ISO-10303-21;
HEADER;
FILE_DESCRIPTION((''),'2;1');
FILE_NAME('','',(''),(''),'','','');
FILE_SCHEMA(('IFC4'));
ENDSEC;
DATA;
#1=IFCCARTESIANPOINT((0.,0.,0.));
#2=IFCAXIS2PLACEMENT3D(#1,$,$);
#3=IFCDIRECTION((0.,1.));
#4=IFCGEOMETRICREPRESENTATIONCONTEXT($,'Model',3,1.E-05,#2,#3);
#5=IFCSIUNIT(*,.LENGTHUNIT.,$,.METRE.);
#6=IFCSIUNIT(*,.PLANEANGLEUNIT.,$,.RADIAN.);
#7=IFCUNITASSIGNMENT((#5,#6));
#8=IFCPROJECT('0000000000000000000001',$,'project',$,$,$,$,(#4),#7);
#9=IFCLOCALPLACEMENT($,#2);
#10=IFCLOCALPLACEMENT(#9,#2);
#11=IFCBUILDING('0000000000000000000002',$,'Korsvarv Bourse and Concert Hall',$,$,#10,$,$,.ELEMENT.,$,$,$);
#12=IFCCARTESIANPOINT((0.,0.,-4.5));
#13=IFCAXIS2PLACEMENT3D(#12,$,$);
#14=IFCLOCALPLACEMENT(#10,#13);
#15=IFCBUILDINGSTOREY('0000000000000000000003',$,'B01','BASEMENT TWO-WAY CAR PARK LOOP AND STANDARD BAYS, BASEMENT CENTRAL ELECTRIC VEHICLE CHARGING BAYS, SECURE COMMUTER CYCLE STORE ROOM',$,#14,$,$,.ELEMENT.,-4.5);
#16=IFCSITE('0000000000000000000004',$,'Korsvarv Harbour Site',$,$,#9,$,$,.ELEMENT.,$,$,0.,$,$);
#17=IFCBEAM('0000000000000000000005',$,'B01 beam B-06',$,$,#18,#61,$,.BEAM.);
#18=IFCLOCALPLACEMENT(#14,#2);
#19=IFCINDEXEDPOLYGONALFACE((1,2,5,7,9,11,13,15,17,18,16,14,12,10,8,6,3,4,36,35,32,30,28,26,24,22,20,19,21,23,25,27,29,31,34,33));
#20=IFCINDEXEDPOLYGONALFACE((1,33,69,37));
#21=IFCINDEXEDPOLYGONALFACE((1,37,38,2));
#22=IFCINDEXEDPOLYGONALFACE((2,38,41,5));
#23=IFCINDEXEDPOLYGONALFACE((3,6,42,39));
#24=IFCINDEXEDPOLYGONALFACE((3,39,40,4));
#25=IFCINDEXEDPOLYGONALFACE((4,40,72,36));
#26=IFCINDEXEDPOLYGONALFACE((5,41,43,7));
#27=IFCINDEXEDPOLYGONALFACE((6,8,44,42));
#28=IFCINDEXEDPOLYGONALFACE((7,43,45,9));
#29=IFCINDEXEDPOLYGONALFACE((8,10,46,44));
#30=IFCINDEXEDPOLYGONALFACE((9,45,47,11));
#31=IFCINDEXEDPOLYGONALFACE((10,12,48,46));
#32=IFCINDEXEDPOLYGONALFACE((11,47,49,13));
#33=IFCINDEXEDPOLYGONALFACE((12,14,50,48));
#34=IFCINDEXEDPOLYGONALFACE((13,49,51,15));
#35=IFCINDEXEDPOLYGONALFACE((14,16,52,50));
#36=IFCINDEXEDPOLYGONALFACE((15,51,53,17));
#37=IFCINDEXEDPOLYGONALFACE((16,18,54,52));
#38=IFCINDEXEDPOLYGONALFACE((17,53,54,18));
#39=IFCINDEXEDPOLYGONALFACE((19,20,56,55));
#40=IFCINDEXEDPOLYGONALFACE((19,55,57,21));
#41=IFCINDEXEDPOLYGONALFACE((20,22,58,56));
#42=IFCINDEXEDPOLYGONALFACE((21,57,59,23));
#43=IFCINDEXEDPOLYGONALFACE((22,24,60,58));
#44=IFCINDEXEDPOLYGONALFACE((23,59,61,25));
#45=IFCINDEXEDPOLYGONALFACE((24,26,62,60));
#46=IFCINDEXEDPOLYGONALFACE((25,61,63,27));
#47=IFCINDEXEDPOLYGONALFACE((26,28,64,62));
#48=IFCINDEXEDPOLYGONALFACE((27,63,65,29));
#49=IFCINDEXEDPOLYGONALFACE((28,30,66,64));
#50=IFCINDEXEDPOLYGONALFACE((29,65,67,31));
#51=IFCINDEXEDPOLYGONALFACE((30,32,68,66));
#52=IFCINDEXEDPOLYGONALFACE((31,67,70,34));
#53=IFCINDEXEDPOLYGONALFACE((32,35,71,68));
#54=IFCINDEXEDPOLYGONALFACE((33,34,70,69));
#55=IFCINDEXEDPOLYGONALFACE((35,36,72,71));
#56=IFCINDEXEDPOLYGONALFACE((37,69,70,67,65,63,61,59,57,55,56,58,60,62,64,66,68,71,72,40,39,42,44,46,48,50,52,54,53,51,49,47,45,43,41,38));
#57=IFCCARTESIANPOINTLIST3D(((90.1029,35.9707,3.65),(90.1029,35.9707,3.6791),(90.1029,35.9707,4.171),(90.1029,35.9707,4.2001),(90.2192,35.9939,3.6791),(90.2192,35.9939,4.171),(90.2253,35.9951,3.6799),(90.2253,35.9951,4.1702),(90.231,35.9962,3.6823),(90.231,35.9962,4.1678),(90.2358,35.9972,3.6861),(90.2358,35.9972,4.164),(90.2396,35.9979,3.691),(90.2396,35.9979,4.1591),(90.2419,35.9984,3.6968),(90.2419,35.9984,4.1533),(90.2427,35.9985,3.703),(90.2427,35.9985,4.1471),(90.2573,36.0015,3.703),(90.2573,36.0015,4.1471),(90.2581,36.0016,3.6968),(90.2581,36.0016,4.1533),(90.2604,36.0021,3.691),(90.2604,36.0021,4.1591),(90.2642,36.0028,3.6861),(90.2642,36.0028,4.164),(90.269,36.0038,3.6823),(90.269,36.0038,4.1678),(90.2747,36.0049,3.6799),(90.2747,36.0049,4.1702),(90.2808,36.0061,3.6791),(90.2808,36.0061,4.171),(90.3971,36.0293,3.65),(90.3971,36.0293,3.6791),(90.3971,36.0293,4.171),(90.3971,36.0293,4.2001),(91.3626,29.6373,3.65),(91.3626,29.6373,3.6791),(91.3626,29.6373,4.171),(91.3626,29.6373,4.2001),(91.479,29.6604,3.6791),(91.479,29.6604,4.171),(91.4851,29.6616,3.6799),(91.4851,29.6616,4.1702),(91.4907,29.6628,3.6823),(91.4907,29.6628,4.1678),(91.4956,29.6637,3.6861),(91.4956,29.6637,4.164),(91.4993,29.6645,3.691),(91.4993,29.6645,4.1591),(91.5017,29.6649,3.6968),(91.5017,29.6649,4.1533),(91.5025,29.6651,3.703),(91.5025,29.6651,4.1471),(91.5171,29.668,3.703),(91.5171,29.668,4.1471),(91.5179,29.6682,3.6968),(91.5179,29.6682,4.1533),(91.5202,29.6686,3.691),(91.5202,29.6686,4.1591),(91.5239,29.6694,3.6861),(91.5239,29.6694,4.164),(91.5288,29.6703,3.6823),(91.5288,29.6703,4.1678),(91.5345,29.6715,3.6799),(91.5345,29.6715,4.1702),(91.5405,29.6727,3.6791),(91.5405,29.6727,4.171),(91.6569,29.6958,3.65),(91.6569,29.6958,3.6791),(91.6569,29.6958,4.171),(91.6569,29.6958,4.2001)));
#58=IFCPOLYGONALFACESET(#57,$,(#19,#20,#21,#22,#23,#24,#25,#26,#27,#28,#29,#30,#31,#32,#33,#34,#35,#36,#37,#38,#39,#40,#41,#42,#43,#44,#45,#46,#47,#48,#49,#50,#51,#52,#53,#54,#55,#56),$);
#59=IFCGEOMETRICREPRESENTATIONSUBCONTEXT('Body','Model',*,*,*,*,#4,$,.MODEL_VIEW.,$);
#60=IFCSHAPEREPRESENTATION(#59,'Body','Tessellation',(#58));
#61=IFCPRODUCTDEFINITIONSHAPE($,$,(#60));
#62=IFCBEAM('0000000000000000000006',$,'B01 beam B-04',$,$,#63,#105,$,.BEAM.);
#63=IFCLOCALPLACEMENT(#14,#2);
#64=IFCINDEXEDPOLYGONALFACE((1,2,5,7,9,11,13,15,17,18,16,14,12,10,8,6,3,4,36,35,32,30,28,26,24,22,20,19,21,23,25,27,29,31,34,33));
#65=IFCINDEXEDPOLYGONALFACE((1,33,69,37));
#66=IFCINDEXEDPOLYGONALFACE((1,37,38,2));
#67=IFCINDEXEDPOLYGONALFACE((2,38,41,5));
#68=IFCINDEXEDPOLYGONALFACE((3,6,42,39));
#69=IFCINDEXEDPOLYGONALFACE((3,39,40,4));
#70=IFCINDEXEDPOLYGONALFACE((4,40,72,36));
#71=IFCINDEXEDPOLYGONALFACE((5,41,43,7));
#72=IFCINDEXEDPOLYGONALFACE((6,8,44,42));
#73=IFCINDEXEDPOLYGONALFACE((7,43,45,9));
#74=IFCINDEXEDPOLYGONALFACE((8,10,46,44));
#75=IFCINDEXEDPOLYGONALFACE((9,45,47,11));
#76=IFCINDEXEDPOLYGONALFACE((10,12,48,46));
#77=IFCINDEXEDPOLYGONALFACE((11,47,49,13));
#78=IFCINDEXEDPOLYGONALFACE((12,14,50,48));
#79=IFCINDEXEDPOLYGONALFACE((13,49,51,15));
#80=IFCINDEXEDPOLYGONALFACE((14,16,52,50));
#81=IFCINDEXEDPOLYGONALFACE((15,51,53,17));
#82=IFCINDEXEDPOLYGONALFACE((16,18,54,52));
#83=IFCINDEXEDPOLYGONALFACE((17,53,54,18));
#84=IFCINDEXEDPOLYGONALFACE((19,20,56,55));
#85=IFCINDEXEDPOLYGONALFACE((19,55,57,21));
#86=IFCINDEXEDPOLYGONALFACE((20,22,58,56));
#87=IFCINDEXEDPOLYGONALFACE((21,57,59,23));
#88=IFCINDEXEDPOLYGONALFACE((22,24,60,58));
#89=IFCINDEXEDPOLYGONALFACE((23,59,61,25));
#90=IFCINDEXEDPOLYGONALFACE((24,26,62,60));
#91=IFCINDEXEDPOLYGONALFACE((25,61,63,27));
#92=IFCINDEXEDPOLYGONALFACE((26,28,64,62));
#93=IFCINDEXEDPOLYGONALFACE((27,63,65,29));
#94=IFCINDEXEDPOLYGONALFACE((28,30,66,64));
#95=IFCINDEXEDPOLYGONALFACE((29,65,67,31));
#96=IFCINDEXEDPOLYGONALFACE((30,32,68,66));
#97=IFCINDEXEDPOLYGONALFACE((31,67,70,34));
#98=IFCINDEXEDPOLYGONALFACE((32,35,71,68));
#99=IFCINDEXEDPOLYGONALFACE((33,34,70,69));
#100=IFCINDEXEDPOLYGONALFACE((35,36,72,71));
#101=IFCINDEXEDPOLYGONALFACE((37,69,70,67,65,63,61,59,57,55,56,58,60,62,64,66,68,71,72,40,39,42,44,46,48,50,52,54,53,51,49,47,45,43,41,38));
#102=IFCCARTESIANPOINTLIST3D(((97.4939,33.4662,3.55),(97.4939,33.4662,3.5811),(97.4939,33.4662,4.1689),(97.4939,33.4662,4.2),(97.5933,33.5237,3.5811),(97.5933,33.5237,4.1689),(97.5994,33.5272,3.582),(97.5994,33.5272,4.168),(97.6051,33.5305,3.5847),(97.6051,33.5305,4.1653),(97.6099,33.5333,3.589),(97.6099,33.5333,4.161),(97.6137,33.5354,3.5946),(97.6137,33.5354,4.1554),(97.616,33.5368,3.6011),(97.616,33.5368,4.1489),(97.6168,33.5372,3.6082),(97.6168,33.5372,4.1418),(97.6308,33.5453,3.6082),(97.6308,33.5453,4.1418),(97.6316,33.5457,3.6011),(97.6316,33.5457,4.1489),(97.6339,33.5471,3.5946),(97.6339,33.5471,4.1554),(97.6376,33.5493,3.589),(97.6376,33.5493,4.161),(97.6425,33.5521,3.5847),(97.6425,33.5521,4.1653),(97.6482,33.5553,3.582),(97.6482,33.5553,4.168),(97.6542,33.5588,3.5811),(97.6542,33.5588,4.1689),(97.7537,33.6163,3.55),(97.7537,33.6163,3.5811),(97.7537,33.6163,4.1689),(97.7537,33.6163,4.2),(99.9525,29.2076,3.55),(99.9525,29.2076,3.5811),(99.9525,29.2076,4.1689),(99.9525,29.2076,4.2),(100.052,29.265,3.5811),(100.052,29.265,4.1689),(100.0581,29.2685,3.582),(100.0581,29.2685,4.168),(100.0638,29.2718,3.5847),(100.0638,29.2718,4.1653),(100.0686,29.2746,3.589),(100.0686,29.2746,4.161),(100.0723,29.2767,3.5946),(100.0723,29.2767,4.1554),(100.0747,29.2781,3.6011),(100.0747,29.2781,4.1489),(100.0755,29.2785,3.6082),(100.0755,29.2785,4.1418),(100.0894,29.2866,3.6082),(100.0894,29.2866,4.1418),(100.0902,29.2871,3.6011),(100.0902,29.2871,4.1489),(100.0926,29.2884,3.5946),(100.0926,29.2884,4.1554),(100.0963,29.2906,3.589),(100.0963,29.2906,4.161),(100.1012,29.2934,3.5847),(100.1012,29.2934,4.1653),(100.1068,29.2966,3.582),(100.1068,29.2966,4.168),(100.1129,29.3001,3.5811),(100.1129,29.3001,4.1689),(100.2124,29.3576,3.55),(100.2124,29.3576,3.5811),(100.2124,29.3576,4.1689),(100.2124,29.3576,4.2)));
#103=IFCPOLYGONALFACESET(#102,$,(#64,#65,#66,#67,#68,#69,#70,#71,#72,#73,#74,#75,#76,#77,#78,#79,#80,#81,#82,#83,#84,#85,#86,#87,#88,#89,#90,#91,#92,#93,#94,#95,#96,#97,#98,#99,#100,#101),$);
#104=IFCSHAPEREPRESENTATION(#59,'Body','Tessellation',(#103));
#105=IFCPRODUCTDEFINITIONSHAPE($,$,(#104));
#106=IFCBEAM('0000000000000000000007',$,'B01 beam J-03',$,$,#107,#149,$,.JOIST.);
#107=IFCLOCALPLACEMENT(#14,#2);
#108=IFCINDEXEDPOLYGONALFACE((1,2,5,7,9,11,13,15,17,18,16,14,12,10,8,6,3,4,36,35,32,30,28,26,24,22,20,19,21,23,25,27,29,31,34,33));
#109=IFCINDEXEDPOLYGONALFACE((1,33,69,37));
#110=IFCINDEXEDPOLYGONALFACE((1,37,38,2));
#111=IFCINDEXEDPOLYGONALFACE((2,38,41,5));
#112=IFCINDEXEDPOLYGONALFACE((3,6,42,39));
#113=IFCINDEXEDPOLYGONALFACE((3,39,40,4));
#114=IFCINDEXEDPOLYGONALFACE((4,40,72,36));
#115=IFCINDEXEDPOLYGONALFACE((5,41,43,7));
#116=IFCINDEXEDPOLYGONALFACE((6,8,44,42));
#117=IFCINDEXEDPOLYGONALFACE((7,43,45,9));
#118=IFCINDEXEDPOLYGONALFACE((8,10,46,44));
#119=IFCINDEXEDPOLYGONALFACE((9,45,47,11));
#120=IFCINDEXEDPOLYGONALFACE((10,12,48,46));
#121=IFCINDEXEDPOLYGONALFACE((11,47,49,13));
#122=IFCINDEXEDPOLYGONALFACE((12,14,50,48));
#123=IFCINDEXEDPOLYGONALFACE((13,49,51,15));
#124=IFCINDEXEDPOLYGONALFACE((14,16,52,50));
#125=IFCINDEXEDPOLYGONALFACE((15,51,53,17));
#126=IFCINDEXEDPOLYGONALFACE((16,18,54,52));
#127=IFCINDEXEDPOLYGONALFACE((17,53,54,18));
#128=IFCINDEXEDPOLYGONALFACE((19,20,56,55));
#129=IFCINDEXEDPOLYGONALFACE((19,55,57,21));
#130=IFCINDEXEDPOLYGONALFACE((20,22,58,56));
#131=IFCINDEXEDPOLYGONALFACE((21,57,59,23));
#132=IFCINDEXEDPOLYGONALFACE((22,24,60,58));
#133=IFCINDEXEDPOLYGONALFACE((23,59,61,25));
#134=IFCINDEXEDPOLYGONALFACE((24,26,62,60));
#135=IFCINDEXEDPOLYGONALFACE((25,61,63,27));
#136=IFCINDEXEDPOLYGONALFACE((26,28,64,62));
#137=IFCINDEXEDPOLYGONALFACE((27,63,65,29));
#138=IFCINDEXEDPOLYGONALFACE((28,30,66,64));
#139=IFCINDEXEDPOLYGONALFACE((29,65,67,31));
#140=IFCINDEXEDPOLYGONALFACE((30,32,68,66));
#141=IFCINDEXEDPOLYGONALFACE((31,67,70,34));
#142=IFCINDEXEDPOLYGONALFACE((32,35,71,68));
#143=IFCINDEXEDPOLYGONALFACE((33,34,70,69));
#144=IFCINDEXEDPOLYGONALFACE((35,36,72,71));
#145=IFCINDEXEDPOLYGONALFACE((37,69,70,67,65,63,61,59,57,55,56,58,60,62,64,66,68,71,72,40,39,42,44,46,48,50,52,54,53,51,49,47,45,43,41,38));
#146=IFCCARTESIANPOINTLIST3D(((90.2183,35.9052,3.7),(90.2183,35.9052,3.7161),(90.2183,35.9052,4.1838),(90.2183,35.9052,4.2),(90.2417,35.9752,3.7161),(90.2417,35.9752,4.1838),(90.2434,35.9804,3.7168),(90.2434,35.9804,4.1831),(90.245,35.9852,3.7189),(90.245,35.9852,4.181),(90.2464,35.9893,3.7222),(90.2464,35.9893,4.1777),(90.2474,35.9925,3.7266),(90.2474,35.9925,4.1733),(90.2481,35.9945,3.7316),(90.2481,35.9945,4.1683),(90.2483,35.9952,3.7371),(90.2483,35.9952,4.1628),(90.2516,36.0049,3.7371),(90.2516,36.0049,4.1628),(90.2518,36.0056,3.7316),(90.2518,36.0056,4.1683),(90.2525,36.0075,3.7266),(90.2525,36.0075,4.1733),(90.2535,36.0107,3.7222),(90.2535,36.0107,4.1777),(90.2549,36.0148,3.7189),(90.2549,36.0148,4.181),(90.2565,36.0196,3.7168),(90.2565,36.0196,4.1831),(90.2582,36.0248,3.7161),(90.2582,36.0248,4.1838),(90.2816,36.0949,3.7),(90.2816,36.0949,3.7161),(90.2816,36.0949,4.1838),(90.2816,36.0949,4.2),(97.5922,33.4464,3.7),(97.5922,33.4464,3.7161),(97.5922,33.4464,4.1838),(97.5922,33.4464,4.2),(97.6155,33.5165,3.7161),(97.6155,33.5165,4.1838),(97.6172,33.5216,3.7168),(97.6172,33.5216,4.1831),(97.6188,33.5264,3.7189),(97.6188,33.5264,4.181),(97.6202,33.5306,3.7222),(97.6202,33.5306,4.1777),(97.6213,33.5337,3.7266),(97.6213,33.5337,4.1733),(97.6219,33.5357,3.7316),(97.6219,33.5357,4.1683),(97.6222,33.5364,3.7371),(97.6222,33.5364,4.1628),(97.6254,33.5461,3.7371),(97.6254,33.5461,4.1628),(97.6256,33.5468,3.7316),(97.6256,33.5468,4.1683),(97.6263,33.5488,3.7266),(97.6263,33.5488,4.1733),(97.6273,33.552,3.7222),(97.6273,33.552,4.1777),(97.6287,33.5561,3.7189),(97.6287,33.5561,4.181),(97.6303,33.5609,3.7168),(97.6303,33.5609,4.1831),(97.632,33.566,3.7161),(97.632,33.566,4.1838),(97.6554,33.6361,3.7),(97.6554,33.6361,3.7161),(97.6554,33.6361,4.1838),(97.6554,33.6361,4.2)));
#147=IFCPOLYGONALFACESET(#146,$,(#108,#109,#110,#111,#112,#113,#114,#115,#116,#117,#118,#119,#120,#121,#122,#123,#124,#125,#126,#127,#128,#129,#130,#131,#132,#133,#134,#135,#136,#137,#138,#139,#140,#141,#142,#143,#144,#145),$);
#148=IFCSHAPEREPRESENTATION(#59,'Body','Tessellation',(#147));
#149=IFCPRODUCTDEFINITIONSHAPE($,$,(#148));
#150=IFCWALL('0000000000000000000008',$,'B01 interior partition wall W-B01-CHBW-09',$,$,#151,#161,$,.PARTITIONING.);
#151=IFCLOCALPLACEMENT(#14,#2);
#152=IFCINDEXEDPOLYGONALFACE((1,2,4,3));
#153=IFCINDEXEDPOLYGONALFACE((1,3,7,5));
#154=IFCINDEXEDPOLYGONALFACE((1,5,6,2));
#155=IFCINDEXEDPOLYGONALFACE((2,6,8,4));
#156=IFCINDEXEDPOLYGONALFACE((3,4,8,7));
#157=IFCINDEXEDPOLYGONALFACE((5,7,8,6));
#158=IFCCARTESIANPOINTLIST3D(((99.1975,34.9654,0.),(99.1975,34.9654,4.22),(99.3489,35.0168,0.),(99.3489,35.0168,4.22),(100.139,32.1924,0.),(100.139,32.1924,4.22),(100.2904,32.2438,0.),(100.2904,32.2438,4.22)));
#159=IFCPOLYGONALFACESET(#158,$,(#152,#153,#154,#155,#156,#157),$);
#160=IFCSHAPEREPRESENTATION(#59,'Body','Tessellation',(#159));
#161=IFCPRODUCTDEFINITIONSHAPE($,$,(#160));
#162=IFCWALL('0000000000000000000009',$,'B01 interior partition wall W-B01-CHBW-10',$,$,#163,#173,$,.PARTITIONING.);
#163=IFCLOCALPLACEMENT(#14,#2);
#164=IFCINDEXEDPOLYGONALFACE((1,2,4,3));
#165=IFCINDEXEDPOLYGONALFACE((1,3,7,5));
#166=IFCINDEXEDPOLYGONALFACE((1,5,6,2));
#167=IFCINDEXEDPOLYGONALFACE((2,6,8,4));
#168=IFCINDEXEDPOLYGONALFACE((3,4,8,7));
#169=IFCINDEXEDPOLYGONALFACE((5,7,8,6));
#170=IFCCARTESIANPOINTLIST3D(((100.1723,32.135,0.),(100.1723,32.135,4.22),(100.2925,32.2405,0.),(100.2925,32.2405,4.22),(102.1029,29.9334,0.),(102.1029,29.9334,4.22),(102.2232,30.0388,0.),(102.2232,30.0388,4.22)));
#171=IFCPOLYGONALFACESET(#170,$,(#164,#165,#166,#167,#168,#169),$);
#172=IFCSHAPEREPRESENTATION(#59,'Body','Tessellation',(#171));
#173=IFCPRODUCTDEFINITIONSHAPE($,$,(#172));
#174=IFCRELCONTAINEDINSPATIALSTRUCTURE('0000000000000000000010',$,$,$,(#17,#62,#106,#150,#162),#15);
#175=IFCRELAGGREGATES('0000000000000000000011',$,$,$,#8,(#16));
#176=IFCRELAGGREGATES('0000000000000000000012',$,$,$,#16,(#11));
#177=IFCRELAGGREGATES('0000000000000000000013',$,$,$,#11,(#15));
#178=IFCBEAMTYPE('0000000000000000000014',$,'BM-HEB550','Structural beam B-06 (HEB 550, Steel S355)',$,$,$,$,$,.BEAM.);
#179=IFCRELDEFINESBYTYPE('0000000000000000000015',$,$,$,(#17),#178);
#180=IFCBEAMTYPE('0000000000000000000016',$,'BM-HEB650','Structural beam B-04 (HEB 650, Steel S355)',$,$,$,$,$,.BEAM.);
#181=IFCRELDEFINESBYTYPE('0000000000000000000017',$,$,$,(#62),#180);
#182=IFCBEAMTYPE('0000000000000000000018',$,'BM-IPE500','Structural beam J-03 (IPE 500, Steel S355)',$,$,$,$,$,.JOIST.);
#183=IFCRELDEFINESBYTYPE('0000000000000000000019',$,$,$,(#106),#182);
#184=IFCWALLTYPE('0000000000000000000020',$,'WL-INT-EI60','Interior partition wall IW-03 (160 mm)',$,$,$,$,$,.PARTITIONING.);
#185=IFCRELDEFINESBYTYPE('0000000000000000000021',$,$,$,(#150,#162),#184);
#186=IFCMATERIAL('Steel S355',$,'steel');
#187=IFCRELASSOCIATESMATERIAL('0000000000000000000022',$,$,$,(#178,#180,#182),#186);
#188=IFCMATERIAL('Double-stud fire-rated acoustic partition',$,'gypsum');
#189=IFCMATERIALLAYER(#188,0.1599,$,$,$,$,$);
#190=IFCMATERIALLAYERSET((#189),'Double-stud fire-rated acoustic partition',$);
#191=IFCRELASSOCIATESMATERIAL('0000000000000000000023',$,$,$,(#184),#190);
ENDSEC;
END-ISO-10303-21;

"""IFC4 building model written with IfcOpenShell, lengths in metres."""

from ifc_helpers import new_model, si_unit, direction, frame, frame_2d, origin, origin_2d, place, context, subcontext, project, spatial, rectangle, i_section, extrude, source, transform, mapped, material, layer, layer_set, material_profile, profile_set, type_object, element, save


model = new_model("IFC4")

# Units and contexts
model_context = context("Model", 3, precision=1e-05, world=origin(), true_north=direction((0.0, 1.0)))
body_context = subcontext(model_context, "Body", "Model", "MODEL_VIEW")
ifc_project = project(units=[si_unit("LENGTHUNIT", "METRE"), si_unit("PLANEANGLEUNIT", "RADIAN")], contexts=[model_context])

# Site, building, storey
site_placement = place(None, origin())
site = spatial("IfcSite", under=ifc_project, at=site_placement, Name="Korsvarv Harbour Site", CompositionType="ELEMENT", RefElevation=0.0)
building_placement = place(site_placement, origin())
building = spatial("IfcBuilding", under=site, at=building_placement, Name="Korsvarv Bourse and Concert Hall", CompositionType="ELEMENT")
storey_placement = place(building_placement, frame((0.0, 0.0, -4.5)))
storey = spatial("IfcBuildingStorey", under=building, at=storey_placement, Name="B01", Description="BASEMENT TWO-WAY CAR PARK LOOP AND STANDARD BAYS, BASEMENT CENTRAL ELECTRIC VEHICLE CHARGING BAYS, SECURE COMMUTER CYCLE STORE ROOM", CompositionType="ELEMENT", Elevation=-4.5)

# Beams
ifc_material_1 = material(Name="Steel S355", Category="steel")
ifc_material_profile_1 = material_profile(ifc_material_1, i_section(OverallWidth=0.3, OverallDepth=0.55, WebThickness=0.0149, FlangeThickness=0.0291, FilletRadius=0.0239, at=origin_2d()), Name="HEB 550")
ifc_profile_set_1 = profile_set([ifc_material_profile_1], Name="Steel S355")
beam_type_1 = type_object("IfcBeamType", Name="BM-HEB550", Description="Structural beam B-06 (HEB 550, Steel S355)", PredefinedType="BEAM", material=ifc_profile_set_1)
shared_shape_1 = source(origin(), body_context, "Body", "SweptSolid", [
    extrude(i_section(OverallWidth=0.3, OverallDepth=0.55, WebThickness=0.0149, FlangeThickness=0.0291, FilletRadius=0.0239, at=origin_2d()), origin(), (0.0, 0.0, 1.0), 6.4575),
])
beam_1_placement = place(storey_placement, frame((90.25, 36.0, 3.925), z_axis=(0.195084, -0.980787, 0.0), x_axis=(0.980787, 0.195084, 0.0)))
element("IfcBeam", 1, at=beam_1_placement, inside=storey, type_object=beam_type_1, Name="B01 beam B-06", PredefinedType="BEAM", context=body_context, shape_type="MappedRepresentation", body=[
    mapped(shared_shape_1, transform((0.0, 0.0, 0.0), scale=1.0)),
])
ifc_material_profile_2 = material_profile(ifc_material_1, i_section(OverallWidth=0.3, OverallDepth=0.6499, WebThickness=0.0161, FlangeThickness=0.031, FilletRadius=0.0271, at=origin_2d()), Name="HEB 650")
ifc_profile_set_2 = profile_set([ifc_material_profile_2], Name="Steel S355")
beam_type_2 = type_object("IfcBeamType", Name="BM-HEB650", Description="Structural beam B-04 (HEB 650, Steel S355)", PredefinedType="BEAM", material=ifc_profile_set_2)
shared_shape_2 = source(origin(), body_context, "Body", "SweptSolid", [
    extrude(i_section(OverallWidth=0.3, OverallDepth=0.6499, WebThickness=0.0161, FlangeThickness=0.031, FilletRadius=0.0271, at=origin_2d()), origin(), (0.0, 0.0, 1.0), 4.9175),
])
beam_2_placement = place(storey_placement, frame((97.6238, 33.5413, 3.875), z_axis=(0.499989, -0.866032, 0.0), x_axis=(0.866032, 0.499989, 0.0)))
element("IfcBeam", 2, at=beam_2_placement, inside=storey, type_object=beam_type_2, Name="B01 beam B-04", PredefinedType="BEAM", context=body_context, shape_type="MappedRepresentation", body=[
    mapped(shared_shape_2, transform((0.0, 0.0, 0.0), scale=1.0)),
])
ifc_material_profile_3 = material_profile(ifc_material_1, i_section(OverallWidth=0.2, OverallDepth=0.5, WebThickness=0.0103, FlangeThickness=0.0161, FilletRadius=0.021, at=origin_2d()), Name="IPE 500")
ifc_profile_set_3 = profile_set([ifc_material_profile_3], Name="Steel S355")
beam_type_3 = type_object("IfcBeamType", Name="BM-IPE500", Description="Structural beam J-03 (IPE 500, Steel S355)", PredefinedType="JOIST", material=ifc_profile_set_3)
shared_shape_3 = source(origin(), body_context, "Body", "SweptSolid", [
    extrude(i_section(OverallWidth=0.2, OverallDepth=0.5, WebThickness=0.0103, FlangeThickness=0.0161, FilletRadius=0.021, at=origin_2d()), origin(), (0.0, 0.0, 1.0), 7.7729),
])
beam_3_placement = place(storey_placement, frame((97.6238, 33.5413, 3.95), z_axis=(-0.948652, 0.316322, 0.0), x_axis=(-0.316322, -0.948652, 0.0)))
element("IfcBeam", 3, at=beam_3_placement, inside=storey, type_object=beam_type_3, Name="B01 beam J-03", PredefinedType="JOIST", context=body_context, shape_type="MappedRepresentation", body=[
    mapped(shared_shape_3, transform((0.0, 0.0, 0.0), scale=1.0)),
])

# Walls
ifc_material_2 = material(Name="Double-stud fire-rated acoustic partition", Category="gypsum")
ifc_layer_1 = layer(ifc_material_2, 0.1599)
ifc_layer_set_1 = layer_set([ifc_layer_1], Name="Double-stud fire-rated acoustic partition")
wall_type_1 = type_object("IfcWallType", Name="WL-INT-EI60", Description="Interior partition wall IW-03 (160 mm)", PredefinedType="PARTITIONING", material=ifc_layer_set_1)
wall_1_placement = place(storey_placement, frame((99.2732, 34.9912, 0.0), z_axis=(0.0, 0.0, 1.0), x_axis=(0.321475, -0.946918, 0.0)))
element("IfcWall", 4, at=wall_1_placement, inside=storey, type_object=wall_type_1, Name="B01 interior partition wall W-B01-CHBW-09", PredefinedType="PARTITIONING", context=body_context, shape_type="SweptSolid", body=[
    extrude(rectangle(XDim=2.9285, YDim=0.1599, at=frame_2d((1.4644, 0.0))), origin(), (0.0, 0.0, 1.0), 4.22),
])
wall_2_placement = place(storey_placement, frame((100.2324, 32.1877, 0.0), z_axis=(0.0, 0.0, 1.0), x_axis=(0.659319, -0.751864, 0.0)))
element("IfcWall", 5, at=wall_2_placement, inside=storey, type_object=wall_type_1, Name="B01 interior partition wall W-B01-CHBW-10", PredefinedType="PARTITIONING", context=body_context, shape_type="SweptSolid", body=[
    extrude(rectangle(XDim=2.9282, YDim=0.1599, at=frame_2d((1.4641, 0.0))), origin(), (0.0, 0.0, 1.0), 4.22),
])

save(model, "model.ifc")
